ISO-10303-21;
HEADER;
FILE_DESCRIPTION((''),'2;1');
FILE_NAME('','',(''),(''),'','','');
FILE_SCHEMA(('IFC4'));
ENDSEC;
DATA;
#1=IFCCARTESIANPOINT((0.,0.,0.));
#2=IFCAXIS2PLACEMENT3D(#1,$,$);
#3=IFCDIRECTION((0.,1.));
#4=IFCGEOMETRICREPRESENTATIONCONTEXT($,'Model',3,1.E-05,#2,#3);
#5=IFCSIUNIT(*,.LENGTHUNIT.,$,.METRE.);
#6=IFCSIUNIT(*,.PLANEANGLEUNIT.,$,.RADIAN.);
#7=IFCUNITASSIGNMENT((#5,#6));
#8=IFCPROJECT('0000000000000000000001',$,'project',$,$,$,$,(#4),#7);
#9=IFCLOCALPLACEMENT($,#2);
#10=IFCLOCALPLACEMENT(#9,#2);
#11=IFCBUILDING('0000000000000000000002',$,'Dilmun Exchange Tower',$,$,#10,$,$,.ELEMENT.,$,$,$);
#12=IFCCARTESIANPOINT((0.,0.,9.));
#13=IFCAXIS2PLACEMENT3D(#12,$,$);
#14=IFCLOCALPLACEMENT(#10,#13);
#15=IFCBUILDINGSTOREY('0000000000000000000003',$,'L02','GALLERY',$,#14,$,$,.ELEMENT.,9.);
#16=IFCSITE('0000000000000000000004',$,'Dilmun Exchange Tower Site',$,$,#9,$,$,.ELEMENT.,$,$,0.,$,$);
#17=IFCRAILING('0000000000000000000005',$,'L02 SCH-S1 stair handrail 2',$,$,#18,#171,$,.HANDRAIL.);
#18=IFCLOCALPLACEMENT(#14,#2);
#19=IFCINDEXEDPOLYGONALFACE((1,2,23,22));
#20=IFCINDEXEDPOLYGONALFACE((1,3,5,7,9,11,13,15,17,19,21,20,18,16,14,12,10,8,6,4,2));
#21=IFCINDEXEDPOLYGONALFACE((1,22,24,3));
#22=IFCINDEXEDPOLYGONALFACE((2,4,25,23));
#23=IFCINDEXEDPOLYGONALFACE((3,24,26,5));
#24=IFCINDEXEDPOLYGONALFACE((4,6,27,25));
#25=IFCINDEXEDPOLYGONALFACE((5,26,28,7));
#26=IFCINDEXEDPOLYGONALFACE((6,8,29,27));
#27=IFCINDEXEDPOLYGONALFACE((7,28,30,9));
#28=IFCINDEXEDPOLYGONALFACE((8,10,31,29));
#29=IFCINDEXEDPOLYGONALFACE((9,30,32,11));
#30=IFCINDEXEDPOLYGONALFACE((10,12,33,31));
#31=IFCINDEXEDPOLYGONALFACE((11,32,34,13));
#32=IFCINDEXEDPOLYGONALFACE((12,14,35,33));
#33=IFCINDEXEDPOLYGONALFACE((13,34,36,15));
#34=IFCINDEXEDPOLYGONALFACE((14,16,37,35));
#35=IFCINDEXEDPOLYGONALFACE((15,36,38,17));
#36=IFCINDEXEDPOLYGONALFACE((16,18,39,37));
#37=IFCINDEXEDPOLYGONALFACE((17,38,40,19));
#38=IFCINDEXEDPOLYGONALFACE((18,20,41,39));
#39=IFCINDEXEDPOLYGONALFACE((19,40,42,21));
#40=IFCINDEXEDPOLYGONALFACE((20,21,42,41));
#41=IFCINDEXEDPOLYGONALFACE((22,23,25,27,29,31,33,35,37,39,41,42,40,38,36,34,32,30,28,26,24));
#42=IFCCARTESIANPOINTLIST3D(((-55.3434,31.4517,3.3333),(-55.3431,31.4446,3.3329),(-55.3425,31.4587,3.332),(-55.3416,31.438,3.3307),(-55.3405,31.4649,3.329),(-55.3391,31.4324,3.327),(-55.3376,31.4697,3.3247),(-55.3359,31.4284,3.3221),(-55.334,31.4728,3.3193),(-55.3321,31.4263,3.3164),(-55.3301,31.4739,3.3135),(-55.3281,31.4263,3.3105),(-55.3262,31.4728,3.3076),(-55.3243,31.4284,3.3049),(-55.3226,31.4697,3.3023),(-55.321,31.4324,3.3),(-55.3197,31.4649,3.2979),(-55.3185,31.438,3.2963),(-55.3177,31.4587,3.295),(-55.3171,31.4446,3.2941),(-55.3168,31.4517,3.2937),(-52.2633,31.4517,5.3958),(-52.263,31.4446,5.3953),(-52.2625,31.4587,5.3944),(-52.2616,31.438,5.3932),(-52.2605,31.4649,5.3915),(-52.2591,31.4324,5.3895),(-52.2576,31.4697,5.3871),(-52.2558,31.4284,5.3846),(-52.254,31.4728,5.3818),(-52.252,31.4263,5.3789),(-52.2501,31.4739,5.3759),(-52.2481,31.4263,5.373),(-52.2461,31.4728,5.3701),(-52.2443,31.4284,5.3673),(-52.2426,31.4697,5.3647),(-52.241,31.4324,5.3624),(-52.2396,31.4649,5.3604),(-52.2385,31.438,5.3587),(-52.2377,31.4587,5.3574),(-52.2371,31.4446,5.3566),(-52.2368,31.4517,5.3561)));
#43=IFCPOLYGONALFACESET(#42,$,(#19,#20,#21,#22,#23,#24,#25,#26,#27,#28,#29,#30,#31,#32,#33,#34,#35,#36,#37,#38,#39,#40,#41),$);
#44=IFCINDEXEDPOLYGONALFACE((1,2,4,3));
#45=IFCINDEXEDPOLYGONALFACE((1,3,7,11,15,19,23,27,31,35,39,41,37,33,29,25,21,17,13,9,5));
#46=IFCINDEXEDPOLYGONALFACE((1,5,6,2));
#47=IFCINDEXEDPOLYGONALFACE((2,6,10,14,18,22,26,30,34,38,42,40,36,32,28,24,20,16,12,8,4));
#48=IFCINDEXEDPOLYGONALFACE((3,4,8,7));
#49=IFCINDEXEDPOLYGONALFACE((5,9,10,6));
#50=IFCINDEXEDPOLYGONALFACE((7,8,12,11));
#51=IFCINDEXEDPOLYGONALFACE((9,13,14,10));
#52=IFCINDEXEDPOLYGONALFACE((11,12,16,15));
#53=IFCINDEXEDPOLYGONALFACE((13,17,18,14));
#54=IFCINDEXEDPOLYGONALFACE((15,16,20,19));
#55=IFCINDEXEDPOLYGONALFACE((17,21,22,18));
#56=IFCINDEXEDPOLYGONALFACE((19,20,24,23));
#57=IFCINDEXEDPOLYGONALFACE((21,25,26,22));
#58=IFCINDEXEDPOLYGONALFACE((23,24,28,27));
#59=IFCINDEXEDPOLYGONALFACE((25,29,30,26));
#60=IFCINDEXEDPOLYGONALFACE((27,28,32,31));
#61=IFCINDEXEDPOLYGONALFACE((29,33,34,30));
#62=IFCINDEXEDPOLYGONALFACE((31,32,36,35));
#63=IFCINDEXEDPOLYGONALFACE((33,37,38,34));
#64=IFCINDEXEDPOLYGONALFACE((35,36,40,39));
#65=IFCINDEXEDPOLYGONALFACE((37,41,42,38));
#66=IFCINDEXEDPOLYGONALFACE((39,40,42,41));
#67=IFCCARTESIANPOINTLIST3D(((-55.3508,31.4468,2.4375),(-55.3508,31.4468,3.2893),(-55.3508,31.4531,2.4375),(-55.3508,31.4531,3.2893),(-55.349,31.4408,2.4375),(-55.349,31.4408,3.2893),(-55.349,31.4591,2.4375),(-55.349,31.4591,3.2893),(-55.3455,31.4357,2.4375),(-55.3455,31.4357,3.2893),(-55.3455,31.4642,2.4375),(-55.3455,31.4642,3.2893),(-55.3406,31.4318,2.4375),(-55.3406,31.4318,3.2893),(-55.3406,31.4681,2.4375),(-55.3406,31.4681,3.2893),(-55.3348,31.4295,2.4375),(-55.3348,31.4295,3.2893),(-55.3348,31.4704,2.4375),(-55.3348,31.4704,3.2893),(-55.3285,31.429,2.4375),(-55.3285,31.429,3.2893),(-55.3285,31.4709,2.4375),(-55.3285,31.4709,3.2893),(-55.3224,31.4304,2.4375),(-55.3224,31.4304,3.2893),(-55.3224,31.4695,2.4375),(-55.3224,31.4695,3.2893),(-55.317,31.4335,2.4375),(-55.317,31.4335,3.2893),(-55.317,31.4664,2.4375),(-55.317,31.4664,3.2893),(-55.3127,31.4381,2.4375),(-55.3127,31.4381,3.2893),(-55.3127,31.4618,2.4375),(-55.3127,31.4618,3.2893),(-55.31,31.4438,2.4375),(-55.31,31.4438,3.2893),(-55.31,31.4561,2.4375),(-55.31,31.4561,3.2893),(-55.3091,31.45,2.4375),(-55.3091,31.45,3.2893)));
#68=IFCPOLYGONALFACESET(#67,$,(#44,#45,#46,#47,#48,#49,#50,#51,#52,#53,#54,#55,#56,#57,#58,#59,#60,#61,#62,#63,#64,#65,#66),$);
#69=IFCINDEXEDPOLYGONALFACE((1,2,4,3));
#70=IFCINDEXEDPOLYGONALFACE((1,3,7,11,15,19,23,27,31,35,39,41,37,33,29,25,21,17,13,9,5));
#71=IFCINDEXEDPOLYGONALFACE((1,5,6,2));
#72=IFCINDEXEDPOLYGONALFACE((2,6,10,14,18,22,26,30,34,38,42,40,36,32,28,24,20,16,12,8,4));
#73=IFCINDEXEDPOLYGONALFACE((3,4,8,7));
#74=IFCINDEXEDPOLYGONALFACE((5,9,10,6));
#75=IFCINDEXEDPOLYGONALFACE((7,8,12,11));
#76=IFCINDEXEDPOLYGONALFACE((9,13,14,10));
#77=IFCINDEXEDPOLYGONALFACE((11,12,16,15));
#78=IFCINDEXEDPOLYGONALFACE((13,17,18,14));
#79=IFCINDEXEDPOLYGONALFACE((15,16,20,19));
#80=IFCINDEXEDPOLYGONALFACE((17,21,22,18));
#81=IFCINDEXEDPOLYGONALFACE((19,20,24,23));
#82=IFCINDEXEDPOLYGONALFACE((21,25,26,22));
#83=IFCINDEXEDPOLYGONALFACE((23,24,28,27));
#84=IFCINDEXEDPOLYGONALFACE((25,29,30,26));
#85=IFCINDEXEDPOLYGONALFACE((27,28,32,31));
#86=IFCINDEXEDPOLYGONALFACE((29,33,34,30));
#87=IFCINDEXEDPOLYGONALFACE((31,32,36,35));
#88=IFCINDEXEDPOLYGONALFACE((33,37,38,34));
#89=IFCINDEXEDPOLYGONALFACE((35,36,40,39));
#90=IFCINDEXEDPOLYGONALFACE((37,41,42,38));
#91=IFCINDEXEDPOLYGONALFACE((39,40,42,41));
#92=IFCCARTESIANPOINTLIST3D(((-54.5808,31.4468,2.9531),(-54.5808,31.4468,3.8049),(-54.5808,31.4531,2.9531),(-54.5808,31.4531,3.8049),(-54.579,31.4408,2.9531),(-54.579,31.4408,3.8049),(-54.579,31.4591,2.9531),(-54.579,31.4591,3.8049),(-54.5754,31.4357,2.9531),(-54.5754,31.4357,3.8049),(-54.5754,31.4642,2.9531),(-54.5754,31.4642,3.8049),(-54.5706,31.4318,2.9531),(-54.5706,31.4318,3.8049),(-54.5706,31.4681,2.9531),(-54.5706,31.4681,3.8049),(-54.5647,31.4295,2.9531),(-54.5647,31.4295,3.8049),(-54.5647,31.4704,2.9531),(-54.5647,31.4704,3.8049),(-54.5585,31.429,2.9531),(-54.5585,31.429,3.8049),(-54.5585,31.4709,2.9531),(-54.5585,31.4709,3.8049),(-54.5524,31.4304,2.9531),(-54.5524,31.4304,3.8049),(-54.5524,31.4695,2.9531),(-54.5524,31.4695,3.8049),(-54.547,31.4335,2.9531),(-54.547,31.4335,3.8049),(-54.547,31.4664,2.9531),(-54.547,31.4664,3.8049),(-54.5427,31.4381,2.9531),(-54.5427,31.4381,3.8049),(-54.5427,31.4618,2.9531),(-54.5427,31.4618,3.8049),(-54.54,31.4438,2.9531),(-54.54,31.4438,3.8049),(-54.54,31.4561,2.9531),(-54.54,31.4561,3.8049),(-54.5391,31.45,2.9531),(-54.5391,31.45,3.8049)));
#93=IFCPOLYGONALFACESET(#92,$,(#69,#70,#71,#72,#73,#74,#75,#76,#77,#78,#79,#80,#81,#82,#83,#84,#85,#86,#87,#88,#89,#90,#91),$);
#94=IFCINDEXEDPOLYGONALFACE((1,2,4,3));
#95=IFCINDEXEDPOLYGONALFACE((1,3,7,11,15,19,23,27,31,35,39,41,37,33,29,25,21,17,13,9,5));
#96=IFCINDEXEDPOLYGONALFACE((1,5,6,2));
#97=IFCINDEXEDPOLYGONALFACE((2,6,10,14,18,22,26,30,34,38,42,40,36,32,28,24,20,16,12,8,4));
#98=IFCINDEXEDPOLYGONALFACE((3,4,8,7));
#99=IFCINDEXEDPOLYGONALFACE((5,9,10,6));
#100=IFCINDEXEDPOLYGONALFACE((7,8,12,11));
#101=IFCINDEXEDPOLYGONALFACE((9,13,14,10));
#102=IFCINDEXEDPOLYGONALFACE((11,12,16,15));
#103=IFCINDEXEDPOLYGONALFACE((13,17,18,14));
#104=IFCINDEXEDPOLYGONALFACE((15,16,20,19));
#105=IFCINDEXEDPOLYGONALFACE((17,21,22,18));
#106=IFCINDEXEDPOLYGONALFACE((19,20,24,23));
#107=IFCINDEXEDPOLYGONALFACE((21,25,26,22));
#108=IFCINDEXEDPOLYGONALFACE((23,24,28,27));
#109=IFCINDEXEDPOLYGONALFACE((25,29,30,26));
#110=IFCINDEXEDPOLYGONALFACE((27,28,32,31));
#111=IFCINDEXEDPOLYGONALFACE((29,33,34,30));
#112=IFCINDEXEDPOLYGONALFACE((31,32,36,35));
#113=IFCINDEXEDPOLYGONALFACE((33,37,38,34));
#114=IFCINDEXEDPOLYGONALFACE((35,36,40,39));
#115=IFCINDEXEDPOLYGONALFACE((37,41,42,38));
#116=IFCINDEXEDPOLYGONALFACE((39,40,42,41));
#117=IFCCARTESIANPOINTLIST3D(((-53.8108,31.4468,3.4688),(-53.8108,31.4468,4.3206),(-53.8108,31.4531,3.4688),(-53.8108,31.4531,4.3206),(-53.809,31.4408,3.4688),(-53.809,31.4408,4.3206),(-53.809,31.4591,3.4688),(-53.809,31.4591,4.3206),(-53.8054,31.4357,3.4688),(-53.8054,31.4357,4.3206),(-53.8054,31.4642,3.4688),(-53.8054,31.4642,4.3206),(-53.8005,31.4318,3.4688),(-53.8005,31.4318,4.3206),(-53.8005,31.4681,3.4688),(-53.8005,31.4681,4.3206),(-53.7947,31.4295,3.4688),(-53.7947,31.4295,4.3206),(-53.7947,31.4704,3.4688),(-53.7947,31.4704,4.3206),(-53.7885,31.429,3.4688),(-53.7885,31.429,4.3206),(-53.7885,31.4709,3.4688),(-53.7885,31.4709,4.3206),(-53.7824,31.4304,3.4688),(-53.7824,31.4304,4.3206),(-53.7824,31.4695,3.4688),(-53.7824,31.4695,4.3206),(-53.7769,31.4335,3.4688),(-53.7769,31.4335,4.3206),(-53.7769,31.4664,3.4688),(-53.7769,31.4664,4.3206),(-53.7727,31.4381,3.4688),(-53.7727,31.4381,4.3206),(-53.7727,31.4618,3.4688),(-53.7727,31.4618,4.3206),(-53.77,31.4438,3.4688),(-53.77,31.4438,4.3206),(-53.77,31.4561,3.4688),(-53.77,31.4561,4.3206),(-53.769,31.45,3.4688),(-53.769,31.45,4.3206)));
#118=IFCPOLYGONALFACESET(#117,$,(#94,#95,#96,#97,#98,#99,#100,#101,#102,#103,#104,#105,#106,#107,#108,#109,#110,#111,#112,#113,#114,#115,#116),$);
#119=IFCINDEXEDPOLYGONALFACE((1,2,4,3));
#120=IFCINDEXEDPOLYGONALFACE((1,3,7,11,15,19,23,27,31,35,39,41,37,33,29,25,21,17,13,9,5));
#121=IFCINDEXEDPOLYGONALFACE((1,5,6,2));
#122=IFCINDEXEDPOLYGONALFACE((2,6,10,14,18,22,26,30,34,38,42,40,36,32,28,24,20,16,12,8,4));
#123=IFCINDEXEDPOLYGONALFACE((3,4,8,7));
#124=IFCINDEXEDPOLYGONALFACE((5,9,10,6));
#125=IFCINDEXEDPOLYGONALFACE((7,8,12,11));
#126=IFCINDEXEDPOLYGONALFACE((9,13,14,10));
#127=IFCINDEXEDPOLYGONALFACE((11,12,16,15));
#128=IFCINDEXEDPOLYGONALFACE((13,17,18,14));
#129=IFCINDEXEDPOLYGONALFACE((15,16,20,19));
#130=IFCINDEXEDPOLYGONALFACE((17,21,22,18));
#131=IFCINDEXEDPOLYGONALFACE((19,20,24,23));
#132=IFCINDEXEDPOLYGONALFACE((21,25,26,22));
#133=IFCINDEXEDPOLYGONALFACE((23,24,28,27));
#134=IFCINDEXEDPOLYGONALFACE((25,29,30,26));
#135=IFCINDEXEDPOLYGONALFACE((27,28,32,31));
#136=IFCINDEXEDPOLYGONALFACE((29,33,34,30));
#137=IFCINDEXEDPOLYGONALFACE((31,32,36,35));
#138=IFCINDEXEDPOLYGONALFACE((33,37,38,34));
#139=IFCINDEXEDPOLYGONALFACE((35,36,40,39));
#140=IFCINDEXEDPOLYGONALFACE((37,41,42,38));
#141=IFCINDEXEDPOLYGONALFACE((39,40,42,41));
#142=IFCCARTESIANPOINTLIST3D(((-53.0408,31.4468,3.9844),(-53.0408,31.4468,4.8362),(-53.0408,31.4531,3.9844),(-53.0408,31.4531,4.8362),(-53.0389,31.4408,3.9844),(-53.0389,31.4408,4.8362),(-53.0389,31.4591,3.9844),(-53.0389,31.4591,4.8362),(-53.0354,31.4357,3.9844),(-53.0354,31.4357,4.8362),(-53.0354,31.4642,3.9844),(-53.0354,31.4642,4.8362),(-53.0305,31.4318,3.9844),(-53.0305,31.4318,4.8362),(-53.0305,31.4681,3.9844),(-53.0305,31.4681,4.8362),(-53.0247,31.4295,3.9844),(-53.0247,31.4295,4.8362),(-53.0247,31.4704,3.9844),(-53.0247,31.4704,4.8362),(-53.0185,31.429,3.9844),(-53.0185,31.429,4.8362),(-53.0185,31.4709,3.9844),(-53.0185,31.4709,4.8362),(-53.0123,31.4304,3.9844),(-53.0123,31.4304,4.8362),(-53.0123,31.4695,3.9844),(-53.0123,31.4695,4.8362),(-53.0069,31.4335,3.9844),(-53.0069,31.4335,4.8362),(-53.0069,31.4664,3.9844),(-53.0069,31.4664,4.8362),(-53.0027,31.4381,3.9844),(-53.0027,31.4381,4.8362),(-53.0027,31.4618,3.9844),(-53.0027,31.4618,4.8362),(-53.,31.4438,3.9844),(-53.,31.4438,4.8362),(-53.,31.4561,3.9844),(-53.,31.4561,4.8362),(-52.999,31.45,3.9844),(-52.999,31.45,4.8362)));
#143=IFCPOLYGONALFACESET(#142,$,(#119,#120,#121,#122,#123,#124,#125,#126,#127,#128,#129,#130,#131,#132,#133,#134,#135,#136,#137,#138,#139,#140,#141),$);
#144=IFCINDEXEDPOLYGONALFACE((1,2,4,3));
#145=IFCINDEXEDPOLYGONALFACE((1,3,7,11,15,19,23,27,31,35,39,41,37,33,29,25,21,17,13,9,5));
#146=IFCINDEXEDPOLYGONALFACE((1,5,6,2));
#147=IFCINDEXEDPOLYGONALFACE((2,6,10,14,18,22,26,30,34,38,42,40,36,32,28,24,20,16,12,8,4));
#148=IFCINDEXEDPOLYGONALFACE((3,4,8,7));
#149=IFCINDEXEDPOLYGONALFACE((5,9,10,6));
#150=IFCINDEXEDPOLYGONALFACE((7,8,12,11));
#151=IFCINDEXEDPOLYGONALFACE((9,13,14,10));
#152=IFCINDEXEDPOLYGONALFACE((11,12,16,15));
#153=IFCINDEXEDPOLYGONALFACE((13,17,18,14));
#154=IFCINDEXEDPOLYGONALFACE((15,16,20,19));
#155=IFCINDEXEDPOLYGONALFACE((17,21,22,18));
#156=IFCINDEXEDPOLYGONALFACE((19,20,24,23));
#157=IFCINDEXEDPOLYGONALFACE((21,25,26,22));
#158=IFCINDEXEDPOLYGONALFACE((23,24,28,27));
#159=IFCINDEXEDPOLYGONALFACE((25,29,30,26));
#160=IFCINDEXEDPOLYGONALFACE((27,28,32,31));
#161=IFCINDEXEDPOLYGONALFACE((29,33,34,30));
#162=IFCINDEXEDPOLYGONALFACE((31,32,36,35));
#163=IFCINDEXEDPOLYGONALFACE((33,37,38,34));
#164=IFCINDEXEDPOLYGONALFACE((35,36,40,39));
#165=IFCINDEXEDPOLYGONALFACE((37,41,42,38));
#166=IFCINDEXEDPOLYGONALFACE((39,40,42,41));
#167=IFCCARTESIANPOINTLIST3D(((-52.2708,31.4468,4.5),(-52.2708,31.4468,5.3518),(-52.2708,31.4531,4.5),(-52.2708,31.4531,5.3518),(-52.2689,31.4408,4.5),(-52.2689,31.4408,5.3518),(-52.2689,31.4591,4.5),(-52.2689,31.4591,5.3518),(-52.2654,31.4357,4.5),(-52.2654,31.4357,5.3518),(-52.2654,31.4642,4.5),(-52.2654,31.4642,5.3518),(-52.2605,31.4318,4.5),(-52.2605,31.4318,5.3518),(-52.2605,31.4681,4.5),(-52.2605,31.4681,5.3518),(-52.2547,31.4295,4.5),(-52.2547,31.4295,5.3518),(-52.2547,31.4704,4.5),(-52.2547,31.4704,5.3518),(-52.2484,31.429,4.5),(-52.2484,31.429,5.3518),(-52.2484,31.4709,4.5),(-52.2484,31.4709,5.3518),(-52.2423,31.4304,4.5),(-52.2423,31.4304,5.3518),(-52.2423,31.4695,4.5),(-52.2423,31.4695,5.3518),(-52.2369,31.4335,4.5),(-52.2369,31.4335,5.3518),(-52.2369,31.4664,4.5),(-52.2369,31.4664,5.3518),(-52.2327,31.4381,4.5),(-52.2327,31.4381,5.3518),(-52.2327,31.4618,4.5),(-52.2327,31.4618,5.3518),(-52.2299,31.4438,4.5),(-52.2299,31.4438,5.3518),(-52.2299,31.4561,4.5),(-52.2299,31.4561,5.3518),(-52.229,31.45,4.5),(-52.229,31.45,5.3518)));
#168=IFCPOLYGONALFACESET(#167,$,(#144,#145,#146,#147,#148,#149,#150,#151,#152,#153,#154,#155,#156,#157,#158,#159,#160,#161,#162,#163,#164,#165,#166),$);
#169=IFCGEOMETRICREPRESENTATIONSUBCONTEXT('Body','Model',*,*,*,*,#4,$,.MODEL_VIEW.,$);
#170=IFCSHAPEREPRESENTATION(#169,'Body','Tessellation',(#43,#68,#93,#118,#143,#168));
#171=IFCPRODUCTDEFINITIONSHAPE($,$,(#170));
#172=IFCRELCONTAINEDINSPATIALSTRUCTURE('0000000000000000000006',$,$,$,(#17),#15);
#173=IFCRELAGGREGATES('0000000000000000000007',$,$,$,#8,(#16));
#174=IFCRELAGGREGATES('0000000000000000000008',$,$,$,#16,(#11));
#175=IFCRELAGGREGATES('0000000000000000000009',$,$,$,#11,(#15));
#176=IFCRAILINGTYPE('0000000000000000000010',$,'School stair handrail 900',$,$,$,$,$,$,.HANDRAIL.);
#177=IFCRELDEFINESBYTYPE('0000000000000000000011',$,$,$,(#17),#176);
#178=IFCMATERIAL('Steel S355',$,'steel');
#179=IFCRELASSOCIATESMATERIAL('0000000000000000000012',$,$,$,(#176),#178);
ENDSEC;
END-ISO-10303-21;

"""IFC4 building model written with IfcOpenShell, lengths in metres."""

from ifc_helpers import new_model, si_unit, direction, frame, origin, origin_2d, place, context, subcontext, project, spatial, circle, extrude, material, type_object, element, save


model = new_model("IFC4")

# Units and contexts
model_context = context("Model", 3, precision=1e-05, world=origin(), true_north=direction((0.0, 1.0)))
body_context = subcontext(model_context, "Body", "Model", "MODEL_VIEW")
ifc_project = project(units=[si_unit("LENGTHUNIT", "METRE"), si_unit("PLANEANGLEUNIT", "RADIAN")], contexts=[model_context])

# Site, building, storey
site_placement = place(None, origin())
site = spatial("IfcSite", under=ifc_project, at=site_placement, Name="Dilmun Exchange Tower Site", CompositionType="ELEMENT", RefElevation=0.0)
building_placement = place(site_placement, origin())
building = spatial("IfcBuilding", under=site, at=building_placement, Name="Dilmun Exchange Tower", CompositionType="ELEMENT")
storey_placement = place(building_placement, frame((0.0, 0.0, 9.0)))
storey = spatial("IfcBuildingStorey", under=building, at=storey_placement, Name="L02", Description="GALLERY", CompositionType="ELEMENT", Elevation=9.0)

# Railing
ifc_material_1 = material(Name="Steel S355", Category="steel")
railing_type_1 = type_object("IfcRailingType", Name="School stair handrail 900", PredefinedType="HANDRAIL", material=ifc_material_1)
railing_1_placement = place(storey_placement, frame((-55.3301, 31.45, 2.4375)))
element("IfcRailing", 1, at=railing_1_placement, inside=storey, type_object=railing_type_1, Name="L02 SCH-S1 stair handrail 2", PredefinedType="HANDRAIL", context=body_context, shape_type="SweptSolid", body=[
    extrude(circle(Radius=0.0239, at=origin_2d()), frame((0.0, 0.0, 0.876), z_axis=(0.830914, 0.0, 0.556401), x_axis=(0.0, 1.0, 0.0)), (0.0, 0.0, 1.0), 3.7068),
    extrude(circle(Radius=0.021, at=origin_2d()), origin(), (0.0, 0.0, 1.0), 0.8518),
    extrude(circle(Radius=0.021, at=origin_2d()), frame((0.77, 0.0, 0.5156)), (0.0, 0.0, 1.0), 0.8518),
    extrude(circle(Radius=0.021, at=origin_2d()), frame((1.54, 0.0, 1.0312)), (0.0, 0.0, 1.0), 0.8518),
    extrude(circle(Radius=0.021, at=origin_2d()), frame((2.3101, 0.0, 1.5469)), (0.0, 0.0, 1.0), 0.8518),
    extrude(circle(Radius=0.021, at=origin_2d()), frame((3.0801, 0.0, 2.0625)), (0.0, 0.0, 1.0), 0.8518),
])

save(model, "model.ifc")
